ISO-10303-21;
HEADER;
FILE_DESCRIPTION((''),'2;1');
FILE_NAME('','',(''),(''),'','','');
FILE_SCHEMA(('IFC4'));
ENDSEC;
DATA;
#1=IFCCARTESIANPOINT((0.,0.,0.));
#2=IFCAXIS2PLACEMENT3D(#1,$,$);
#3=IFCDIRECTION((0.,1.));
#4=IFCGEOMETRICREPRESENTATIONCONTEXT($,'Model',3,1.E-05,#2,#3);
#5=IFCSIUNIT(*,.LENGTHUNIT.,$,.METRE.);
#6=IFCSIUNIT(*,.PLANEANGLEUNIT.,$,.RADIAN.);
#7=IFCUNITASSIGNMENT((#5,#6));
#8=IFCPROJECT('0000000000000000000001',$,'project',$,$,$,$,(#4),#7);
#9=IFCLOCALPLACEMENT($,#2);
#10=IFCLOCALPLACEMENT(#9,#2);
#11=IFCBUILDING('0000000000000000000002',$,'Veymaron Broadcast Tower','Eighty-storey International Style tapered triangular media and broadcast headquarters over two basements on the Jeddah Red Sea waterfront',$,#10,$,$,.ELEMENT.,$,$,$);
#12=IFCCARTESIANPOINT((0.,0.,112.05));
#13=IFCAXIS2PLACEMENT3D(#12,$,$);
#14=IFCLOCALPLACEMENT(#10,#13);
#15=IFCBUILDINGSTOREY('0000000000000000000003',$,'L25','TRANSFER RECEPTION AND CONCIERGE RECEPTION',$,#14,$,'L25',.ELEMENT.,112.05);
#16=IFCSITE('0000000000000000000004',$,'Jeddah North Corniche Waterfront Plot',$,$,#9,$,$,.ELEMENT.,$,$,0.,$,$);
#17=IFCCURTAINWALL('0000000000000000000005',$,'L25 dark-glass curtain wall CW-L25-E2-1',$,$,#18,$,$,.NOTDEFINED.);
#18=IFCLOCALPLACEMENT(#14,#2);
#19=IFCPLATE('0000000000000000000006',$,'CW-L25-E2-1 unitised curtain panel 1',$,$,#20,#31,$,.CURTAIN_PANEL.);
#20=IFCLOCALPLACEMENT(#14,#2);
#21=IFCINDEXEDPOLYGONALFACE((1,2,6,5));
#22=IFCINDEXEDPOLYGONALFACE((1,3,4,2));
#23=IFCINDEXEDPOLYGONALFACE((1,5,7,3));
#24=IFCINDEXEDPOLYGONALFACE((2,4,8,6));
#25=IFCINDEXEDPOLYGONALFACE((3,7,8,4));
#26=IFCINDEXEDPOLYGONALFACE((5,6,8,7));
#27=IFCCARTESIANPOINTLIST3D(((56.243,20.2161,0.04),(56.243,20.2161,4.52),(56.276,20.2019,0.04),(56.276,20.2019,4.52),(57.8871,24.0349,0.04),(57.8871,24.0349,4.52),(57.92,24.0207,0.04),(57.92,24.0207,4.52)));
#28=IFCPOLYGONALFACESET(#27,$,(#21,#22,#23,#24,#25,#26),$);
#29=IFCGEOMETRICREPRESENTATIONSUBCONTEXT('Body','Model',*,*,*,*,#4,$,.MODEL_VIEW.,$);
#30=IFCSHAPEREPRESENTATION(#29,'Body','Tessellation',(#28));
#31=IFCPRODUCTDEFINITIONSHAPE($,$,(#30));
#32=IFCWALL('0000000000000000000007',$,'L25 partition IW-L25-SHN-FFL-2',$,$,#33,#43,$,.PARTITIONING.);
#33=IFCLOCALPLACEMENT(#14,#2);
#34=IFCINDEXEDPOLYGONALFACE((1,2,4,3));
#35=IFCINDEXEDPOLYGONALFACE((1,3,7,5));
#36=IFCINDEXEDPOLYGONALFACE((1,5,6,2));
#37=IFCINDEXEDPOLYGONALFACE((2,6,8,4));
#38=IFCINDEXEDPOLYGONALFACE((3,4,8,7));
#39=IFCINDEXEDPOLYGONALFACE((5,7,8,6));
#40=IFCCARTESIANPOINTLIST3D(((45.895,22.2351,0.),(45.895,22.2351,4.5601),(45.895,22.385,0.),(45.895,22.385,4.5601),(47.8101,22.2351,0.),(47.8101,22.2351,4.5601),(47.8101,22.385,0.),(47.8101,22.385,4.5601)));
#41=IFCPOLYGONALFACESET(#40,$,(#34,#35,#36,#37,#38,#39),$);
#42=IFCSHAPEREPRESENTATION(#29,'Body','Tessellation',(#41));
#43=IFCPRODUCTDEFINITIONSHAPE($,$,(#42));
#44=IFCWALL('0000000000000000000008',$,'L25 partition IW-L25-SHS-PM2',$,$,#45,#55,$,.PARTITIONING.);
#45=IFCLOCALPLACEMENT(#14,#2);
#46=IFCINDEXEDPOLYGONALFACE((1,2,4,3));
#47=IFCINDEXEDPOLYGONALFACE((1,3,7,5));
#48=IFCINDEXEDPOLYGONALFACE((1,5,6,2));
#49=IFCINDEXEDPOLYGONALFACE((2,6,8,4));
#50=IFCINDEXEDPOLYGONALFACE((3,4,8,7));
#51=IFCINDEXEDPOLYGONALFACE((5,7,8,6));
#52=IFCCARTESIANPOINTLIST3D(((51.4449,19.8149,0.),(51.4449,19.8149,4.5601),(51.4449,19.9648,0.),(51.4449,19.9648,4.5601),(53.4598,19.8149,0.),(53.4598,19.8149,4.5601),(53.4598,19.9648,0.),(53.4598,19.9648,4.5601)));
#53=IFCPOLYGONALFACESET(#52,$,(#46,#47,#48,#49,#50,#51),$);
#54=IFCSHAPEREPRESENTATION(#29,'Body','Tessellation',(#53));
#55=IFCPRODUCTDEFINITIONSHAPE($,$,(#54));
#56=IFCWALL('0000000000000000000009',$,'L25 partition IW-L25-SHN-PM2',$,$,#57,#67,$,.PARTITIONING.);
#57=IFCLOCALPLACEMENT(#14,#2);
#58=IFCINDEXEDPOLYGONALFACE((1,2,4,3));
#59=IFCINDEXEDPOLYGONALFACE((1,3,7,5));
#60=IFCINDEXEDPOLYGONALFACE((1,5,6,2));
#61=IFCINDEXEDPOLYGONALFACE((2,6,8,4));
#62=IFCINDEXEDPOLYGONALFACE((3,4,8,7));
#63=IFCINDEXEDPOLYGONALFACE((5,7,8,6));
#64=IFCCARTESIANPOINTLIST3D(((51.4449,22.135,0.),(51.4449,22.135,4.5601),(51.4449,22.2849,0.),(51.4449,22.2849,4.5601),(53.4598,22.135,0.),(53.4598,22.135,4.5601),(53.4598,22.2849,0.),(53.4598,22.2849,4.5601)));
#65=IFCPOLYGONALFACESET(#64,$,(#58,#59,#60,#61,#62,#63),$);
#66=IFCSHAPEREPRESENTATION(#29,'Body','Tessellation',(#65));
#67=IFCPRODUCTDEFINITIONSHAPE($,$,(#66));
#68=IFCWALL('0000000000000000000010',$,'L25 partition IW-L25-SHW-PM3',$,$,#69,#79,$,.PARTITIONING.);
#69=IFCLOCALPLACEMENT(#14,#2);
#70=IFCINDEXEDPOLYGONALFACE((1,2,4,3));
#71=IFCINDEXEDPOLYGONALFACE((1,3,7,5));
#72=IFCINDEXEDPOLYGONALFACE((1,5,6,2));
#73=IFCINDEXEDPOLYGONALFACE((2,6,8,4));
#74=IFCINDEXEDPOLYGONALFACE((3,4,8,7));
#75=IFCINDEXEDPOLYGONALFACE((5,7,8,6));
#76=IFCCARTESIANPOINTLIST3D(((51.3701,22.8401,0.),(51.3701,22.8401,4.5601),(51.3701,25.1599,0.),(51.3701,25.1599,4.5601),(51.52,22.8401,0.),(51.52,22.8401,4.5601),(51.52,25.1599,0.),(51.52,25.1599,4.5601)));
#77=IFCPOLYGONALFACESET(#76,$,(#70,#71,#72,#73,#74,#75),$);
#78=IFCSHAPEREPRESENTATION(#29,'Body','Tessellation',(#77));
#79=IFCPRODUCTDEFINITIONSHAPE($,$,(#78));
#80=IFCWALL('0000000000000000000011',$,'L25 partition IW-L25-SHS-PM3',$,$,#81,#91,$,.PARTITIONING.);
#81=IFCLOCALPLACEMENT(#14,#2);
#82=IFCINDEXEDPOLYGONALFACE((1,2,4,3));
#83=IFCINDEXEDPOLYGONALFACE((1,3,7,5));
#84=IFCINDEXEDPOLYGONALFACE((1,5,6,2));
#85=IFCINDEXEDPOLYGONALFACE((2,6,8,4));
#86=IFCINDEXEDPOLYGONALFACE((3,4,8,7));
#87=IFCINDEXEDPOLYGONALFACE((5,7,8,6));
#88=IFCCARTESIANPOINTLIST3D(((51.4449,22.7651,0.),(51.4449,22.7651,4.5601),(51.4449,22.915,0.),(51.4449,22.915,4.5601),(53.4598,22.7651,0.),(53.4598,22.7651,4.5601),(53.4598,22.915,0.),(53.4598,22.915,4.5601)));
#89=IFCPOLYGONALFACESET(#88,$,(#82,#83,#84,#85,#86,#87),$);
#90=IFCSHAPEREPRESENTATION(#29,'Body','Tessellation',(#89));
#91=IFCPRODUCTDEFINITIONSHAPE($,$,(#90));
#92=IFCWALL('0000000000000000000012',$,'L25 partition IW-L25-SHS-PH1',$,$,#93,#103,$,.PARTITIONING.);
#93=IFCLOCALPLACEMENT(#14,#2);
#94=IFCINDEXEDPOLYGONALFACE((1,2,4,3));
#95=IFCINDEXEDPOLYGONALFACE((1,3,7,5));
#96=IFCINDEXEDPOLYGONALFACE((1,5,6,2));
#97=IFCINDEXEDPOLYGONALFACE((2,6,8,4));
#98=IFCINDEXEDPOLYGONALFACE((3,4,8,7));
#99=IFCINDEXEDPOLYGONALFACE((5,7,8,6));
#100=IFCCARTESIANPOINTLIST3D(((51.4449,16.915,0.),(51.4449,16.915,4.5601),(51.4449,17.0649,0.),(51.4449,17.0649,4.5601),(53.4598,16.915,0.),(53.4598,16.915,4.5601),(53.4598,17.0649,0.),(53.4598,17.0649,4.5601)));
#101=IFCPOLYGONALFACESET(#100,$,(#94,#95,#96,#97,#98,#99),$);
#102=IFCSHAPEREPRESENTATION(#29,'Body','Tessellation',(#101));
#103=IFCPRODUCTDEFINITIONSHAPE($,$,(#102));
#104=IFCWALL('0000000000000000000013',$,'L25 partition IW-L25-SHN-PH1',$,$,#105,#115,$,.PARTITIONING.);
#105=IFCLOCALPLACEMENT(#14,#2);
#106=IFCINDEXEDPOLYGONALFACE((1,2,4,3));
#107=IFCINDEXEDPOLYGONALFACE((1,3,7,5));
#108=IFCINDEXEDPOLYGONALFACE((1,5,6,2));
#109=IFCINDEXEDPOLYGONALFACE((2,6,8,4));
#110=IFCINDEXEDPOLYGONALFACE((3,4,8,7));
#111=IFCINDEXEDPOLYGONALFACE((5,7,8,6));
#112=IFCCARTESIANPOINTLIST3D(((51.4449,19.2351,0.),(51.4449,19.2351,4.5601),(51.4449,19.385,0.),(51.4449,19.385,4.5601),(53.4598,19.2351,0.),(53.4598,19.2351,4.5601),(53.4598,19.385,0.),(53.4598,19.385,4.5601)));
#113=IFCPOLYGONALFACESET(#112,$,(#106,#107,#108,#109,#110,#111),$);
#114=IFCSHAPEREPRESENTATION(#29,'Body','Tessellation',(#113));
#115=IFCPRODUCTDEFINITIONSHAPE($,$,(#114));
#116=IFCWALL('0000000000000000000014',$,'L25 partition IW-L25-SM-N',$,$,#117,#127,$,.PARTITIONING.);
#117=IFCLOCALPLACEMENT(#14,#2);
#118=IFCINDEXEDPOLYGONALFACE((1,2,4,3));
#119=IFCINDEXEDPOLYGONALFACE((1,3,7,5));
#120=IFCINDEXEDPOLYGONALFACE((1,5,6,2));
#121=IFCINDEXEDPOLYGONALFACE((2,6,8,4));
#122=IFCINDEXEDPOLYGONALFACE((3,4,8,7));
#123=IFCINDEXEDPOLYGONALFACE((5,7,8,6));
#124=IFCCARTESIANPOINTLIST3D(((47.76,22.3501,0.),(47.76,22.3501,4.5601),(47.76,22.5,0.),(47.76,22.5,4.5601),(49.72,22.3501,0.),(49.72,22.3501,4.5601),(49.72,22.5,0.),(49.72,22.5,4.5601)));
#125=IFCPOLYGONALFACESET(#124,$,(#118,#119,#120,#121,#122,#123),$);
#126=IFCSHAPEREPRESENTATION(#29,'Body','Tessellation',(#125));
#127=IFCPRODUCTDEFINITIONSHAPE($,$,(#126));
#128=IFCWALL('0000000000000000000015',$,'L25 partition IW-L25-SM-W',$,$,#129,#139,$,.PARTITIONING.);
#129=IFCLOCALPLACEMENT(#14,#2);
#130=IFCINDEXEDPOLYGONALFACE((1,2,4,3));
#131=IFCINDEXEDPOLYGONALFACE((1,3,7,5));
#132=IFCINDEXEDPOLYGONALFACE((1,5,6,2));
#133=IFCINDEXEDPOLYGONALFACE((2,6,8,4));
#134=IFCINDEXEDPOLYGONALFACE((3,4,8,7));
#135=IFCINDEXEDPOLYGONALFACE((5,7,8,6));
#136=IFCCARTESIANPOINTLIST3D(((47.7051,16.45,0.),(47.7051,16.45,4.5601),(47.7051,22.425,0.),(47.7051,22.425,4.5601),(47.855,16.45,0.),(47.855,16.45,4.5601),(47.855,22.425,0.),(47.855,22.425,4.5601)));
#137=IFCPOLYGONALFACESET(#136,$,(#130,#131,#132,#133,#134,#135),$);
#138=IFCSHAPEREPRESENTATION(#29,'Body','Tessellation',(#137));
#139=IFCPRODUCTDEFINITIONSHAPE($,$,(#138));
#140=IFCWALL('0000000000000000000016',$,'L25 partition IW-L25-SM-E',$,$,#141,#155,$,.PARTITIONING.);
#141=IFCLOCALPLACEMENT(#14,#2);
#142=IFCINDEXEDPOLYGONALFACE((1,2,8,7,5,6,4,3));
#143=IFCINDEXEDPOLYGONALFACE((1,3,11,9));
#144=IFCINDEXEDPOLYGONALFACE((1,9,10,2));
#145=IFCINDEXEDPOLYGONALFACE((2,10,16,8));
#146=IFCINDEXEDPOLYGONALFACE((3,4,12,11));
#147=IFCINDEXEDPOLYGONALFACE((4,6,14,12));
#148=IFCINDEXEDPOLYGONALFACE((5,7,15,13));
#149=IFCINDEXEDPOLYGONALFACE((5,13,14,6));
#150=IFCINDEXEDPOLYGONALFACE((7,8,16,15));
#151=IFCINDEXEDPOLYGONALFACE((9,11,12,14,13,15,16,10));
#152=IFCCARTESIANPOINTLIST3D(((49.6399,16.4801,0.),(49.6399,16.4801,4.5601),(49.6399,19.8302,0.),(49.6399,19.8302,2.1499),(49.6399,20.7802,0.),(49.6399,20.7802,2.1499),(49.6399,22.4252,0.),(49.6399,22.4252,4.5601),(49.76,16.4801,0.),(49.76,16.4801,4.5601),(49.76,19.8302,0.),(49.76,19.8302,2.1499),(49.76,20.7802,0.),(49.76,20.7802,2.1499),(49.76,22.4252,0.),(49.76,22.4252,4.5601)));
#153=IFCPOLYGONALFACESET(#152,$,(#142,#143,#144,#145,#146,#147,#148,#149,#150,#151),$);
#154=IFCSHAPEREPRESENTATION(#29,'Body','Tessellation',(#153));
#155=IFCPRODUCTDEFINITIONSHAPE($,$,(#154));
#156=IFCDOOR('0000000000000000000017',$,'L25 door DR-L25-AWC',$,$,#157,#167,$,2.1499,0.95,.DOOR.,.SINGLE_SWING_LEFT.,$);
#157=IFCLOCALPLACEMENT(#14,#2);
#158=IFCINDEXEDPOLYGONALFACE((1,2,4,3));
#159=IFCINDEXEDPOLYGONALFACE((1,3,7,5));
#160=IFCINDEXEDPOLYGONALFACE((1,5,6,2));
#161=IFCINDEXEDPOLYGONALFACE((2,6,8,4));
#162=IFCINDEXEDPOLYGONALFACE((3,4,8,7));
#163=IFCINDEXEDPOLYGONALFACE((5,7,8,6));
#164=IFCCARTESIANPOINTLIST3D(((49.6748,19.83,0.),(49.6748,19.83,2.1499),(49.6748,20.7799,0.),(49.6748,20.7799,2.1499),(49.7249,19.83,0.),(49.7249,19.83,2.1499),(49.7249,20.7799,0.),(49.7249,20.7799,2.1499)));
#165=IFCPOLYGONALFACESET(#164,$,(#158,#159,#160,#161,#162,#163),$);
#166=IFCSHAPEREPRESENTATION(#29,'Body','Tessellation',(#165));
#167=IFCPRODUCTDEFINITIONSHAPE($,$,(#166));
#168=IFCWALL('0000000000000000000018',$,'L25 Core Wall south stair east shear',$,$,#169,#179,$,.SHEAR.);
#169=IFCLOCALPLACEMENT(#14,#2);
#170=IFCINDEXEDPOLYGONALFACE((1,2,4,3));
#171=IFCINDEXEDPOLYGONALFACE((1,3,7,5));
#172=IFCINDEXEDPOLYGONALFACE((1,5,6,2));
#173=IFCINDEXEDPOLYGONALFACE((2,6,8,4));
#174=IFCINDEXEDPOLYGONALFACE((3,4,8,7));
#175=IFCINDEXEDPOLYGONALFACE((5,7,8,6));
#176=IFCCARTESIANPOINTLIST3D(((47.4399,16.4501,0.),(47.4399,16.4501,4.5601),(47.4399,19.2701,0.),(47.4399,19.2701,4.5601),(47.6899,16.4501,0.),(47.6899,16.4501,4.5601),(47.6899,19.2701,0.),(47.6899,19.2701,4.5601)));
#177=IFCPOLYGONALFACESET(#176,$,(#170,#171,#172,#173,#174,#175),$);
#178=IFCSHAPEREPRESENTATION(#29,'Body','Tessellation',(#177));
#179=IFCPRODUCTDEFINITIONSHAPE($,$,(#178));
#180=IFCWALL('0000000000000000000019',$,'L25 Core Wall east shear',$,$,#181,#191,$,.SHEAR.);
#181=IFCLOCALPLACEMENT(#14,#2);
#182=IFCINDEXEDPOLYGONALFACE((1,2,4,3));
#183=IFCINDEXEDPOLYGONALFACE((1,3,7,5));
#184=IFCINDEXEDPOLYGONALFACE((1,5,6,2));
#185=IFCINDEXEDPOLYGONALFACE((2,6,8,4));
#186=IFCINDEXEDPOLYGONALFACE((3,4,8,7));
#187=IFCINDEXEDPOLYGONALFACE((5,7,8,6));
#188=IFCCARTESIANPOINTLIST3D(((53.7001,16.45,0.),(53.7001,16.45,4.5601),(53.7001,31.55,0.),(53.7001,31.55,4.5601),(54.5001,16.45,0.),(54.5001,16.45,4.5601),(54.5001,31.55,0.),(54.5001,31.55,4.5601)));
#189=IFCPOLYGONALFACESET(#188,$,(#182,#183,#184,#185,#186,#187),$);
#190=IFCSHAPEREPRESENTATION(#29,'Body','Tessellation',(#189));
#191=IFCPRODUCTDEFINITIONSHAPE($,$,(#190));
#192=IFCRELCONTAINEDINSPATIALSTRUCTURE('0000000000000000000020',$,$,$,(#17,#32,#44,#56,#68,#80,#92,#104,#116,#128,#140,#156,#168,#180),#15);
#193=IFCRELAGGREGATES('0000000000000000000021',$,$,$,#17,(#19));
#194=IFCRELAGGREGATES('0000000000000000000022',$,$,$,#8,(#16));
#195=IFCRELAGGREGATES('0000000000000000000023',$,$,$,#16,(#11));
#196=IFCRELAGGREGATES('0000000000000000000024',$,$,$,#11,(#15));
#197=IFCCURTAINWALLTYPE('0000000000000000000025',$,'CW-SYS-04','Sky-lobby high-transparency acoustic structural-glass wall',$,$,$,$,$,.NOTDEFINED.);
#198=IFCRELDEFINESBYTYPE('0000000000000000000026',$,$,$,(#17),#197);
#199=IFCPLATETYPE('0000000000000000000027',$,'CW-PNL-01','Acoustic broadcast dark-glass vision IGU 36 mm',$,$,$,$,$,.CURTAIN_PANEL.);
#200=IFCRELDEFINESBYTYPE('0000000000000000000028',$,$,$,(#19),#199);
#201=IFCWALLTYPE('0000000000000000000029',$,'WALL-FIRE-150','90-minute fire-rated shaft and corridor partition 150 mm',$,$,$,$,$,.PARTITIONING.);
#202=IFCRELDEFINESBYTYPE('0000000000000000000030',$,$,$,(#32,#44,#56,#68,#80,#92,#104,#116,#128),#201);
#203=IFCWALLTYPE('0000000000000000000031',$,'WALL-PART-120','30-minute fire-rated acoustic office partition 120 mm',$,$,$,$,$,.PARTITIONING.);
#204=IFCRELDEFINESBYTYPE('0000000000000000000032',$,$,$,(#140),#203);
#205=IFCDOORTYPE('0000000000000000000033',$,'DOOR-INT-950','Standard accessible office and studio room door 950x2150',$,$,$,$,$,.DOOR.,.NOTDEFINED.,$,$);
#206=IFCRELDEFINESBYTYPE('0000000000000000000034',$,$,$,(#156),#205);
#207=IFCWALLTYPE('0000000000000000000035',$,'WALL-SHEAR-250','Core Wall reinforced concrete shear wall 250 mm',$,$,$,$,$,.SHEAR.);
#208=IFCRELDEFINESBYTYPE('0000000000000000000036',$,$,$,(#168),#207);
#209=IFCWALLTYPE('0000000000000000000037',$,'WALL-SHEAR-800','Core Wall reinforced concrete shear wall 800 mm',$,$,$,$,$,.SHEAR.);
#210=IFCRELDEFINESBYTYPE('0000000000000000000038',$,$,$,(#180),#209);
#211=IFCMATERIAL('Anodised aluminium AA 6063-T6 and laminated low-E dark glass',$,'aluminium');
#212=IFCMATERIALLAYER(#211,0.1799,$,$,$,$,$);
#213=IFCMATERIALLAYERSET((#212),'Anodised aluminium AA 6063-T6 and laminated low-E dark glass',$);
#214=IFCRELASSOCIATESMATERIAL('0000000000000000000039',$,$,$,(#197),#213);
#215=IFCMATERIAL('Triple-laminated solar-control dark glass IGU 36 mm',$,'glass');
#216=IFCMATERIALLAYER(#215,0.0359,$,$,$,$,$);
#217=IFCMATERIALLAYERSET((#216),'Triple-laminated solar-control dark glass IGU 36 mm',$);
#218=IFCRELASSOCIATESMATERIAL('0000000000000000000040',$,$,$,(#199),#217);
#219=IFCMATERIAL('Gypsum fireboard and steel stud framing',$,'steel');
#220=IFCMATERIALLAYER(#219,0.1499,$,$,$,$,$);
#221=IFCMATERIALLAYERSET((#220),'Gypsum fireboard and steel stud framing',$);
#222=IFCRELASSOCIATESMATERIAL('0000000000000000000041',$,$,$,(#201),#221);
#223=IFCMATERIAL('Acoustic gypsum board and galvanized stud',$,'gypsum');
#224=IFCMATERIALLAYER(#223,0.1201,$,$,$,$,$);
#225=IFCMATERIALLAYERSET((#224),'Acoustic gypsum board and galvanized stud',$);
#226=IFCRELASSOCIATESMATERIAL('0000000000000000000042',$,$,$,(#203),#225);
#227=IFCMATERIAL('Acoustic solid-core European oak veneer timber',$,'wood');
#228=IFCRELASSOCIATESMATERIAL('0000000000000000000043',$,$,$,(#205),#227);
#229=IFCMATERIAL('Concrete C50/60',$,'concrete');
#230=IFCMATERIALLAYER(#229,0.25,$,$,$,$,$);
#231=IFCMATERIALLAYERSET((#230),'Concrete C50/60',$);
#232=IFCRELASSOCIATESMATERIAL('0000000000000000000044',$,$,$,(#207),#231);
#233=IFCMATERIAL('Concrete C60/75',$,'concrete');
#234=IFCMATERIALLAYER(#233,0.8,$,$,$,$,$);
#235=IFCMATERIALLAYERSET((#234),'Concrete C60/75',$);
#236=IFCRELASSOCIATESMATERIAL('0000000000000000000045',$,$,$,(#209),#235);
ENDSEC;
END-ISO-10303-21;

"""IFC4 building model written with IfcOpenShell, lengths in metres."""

from ifc_helpers import new_model, si_unit, direction, frame, frame_2d, origin, origin_2d, place, context, subcontext, project, spatial, rectangle, extrude, material, layer, layer_set, type_object, element, fill, aggregate, save


model = new_model("IFC4")

# Units and contexts
model_context = context("Model", 3, precision=1e-05, world=origin(), true_north=direction((0.0, 1.0)))
body_context = subcontext(model_context, "Body", "Model", "MODEL_VIEW")
ifc_project = project(units=[si_unit("LENGTHUNIT", "METRE"), si_unit("PLANEANGLEUNIT", "RADIAN")], contexts=[model_context])

# Site, building, storey
site_placement = place(None, origin())
site = spatial("IfcSite", under=ifc_project, at=site_placement, Name="Jeddah North Corniche Waterfront Plot", CompositionType="ELEMENT", RefElevation=0.0)
building_placement = place(site_placement, origin())
building = spatial("IfcBuilding", under=site, at=building_placement, Name="Veymaron Broadcast Tower", Description="Eighty-storey International Style tapered triangular media and broadcast headquarters over two basements on the Jeddah Red Sea waterfront", CompositionType="ELEMENT")
storey_placement = place(building_placement, frame((0.0, 0.0, 112.05)))
storey = spatial("IfcBuildingStorey", under=building, at=storey_placement, Name="L25", Description="TRANSFER RECEPTION AND CONCIERGE RECEPTION", LongName="L25", CompositionType="ELEMENT", Elevation=112.05)

# Curtain wall
ifc_material_1 = material(Name="Anodised aluminium AA 6063-T6 and laminated low-E dark glass", Category="aluminium")
ifc_layer_1 = layer(ifc_material_1, 0.1799)
ifc_layer_set_1 = layer_set([ifc_layer_1], Name="Anodised aluminium AA 6063-T6 and laminated low-E dark glass")
curtain_wall_type = type_object("IfcCurtainWallType", Name="CW-SYS-04", Description="Sky-lobby high-transparency acoustic structural-glass wall", PredefinedType="NOTDEFINED", material=ifc_layer_set_1)
curtain_wall_1_placement = place(storey_placement, origin())
curtain_wall_1 = element("IfcCurtainWall", 1, at=curtain_wall_1_placement, inside=storey, type_object=curtain_wall_type, Name="L25 dark-glass curtain wall CW-L25-E2-1", PredefinedType="NOTDEFINED")

# Plate
ifc_material_2 = material(Name="Triple-laminated solar-control dark glass IGU 36 mm", Category="glass")
ifc_layer_2 = layer(ifc_material_2, 0.0359)
ifc_layer_set_2 = layer_set([ifc_layer_2], Name="Triple-laminated solar-control dark glass IGU 36 mm")
plate_type = type_object("IfcPlateType", Name="CW-PNL-01", Description="Acoustic broadcast dark-glass vision IGU 36 mm", PredefinedType="CURTAIN_PANEL", material=ifc_layer_set_2)
plate_1_placement = place(storey_placement, frame((57.0815, 22.1184, 0.04), z_axis=(0.0, 0.0, 1.0), x_axis=(0.395417, 0.918502, 0.0)))
plate_1 = element("IfcPlate", 2, at=plate_1_placement, type_object=plate_type, Name="CW-L25-E2-1 unitised curtain panel 1", PredefinedType="CURTAIN_PANEL", context=body_context, shape_type="SweptSolid", body=[
    extrude(rectangle(XDim=4.1577, YDim=0.0359, at=origin_2d()), origin(), (0.0, 0.0, 1.0), 4.48),
])
aggregate(curtain_wall_1, [plate_1])

# Wall
ifc_material_3 = material(Name="Gypsum fireboard and steel stud framing", Category="steel")
ifc_layer_3 = layer(ifc_material_3, 0.1499)
ifc_layer_set_3 = layer_set([ifc_layer_3], Name="Gypsum fireboard and steel stud framing")
wall_type_1 = type_object("IfcWallType", Name="WALL-FIRE-150", Description="90-minute fire-rated shaft and corridor partition 150 mm", PredefinedType="PARTITIONING", material=ifc_layer_set_3)
wall_1_placement = place(storey_placement, frame((45.895, 22.3101, 0.0), z_axis=(0.0, 0.0, 1.0), x_axis=(1.0, 0.0, 0.0)))
element("IfcWall", 3, at=wall_1_placement, inside=storey, type_object=wall_type_1, Name="L25 partition IW-L25-SHN-FFL-2", PredefinedType="PARTITIONING", context=body_context, shape_type="SweptSolid", body=[
    extrude(rectangle(XDim=1.915, YDim=0.1499, at=frame_2d((0.9575, 0.0))), origin(), (0.0, 0.0, 1.0), 4.5601),
])

# Walls
for number, where, z_axis, x_axis, name in (
    (4, (51.4451, 19.8899, 0.0), (0.0, 0.0, 1.0), (1.0, 0.0, 0.0), "L25 partition IW-L25-SHS-PM2"),
    (5, (51.4451, 22.21, 0.0), (0.0, 0.0, 1.0), (1.0, 0.0, 0.0), "L25 partition IW-L25-SHN-PM2"),
):
    element("IfcWall", number, at=place(storey_placement, frame(where, z_axis=z_axis, x_axis=x_axis)), inside=storey, type_object=wall_type_1, Name=name, PredefinedType="PARTITIONING", context=body_context, shape_type="SweptSolid", body=[
        extrude(rectangle(XDim=2.0149, YDim=0.1499, at=frame_2d((1.0073, 0.0))), origin(), (0.0, 0.0, 1.0), 4.5601),
    ])
wall_2_placement = place(storey_placement, frame((51.4451, 22.8401, 0.0), z_axis=(0.0, 0.0, 1.0), x_axis=(0.0, 1.0, 0.0)))
element("IfcWall", 6, at=wall_2_placement, inside=storey, type_object=wall_type_1, Name="L25 partition IW-L25-SHW-PM3", PredefinedType="PARTITIONING", context=body_context, shape_type="SweptSolid", body=[
    extrude(rectangle(XDim=2.3198, YDim=0.1499, at=frame_2d((1.1599, 0.0))), origin(), (0.0, 0.0, 1.0), 4.5601),
])
wall_3_placement = place(storey_placement, frame((51.4451, 22.8401, 0.0), z_axis=(0.0, 0.0, 1.0), x_axis=(1.0, 0.0, 0.0)))
element("IfcWall", 7, at=wall_3_placement, inside=storey, type_object=wall_type_1, Name="L25 partition IW-L25-SHS-PM3", PredefinedType="PARTITIONING", context=body_context, shape_type="SweptSolid", body=[
    extrude(rectangle(XDim=2.0149, YDim=0.1499, at=frame_2d((1.0073, 0.0))), origin(), (0.0, 0.0, 1.0), 4.5601),
])

# Walls
for number, where, z_axis, x_axis, name in (
    (8, (51.4451, 16.99, 0.0), (0.0, 0.0, 1.0), (1.0, 0.0, 0.0), "L25 partition IW-L25-SHS-PH1"),
    (9, (51.4451, 19.3101, 0.0), (0.0, 0.0, 1.0), (1.0, 0.0, 0.0), "L25 partition IW-L25-SHN-PH1"),
):
    element("IfcWall", number, at=place(storey_placement, frame(where, z_axis=z_axis, x_axis=x_axis)), inside=storey, type_object=wall_type_1, Name=name, PredefinedType="PARTITIONING", context=body_context, shape_type="SweptSolid", body=[
        extrude(rectangle(XDim=2.0149, YDim=0.1499, at=frame_2d((1.0073, 0.0))), origin(), (0.0, 0.0, 1.0), 4.5601),
    ])

# Walls
wall_4_placement = place(storey_placement, frame((47.76, 22.425, 0.0), z_axis=(0.0, 0.0, 1.0), x_axis=(1.0, 0.0, 0.0)))
element("IfcWall", 10, at=wall_4_placement, inside=storey, type_object=wall_type_1, Name="L25 partition IW-L25-SM-N", PredefinedType="PARTITIONING", context=body_context, shape_type="SweptSolid", body=[
    extrude(rectangle(XDim=1.96, YDim=0.1499, at=frame_2d((0.98, 0.0))), origin(), (0.0, 0.0, 1.0), 4.5601),
])
wall_5_placement = place(storey_placement, frame((47.78, 16.45, 0.0), z_axis=(0.0, 0.0, 1.0), x_axis=(0.0, 1.0, 0.0)))
element("IfcWall", 11, at=wall_5_placement, inside=storey, type_object=wall_type_1, Name="L25 partition IW-L25-SM-W", PredefinedType="PARTITIONING", context=body_context, shape_type="SweptSolid", body=[
    extrude(rectangle(XDim=5.9751, YDim=0.1499, at=frame_2d((2.9875, 0.0))), origin(), (0.0, 0.0, 1.0), 4.5601),
])

# Wall, opening, door
ifc_material_4 = material(Name="Acoustic gypsum board and galvanized stud", Category="gypsum")
ifc_layer_4 = layer(ifc_material_4, 0.1201)
ifc_layer_set_4 = layer_set([ifc_layer_4], Name="Acoustic gypsum board and galvanized stud")
wall_type_2 = type_object("IfcWallType", Name="WALL-PART-120", Description="30-minute fire-rated acoustic office partition 120 mm", PredefinedType="PARTITIONING", material=ifc_layer_set_4)
wall_6_placement = place(storey_placement, frame((49.7, 16.48, 0.0), z_axis=(0.0, 0.0, 1.0), x_axis=(0.0, 1.0, 0.0)))
wall_6 = element("IfcWall", 12, at=wall_6_placement, inside=storey, type_object=wall_type_2, Name="L25 partition IW-L25-SM-E", PredefinedType="PARTITIONING", context=body_context, shape_type="SweptSolid", body=[
    extrude(rectangle(XDim=5.9451, YDim=0.1201, at=frame_2d((2.9727, 0.0))), origin(), (0.0, 0.0, 1.0), 4.5601),
])
opening_1_placement = place(wall_6_placement, frame((3.3501, 0.0, 0.0)))
opening_1 = element("IfcOpeningElement", 13, at=opening_1_placement, cuts=wall_6, PredefinedType="OPENING", context=body_context, shape_type="SweptSolid", body=[
    extrude(rectangle(XDim=0.95, YDim=2.1499, at=frame_2d((0.4751, 1.075))), frame((0.0, 0.0701, 0.0), z_axis=(0.0, -1.0, 0.0), x_axis=(1.0, 0.0, 0.0)), (0.0, 0.0, 1.0), 0.1401),
])
ifc_material_5 = material(Name="Acoustic solid-core European oak veneer timber", Category="wood")
door_type_1 = type_object("IfcDoorType", Name="DOOR-INT-950", Description="Standard accessible office and studio room door 950x2150", OperationType="NOTDEFINED", PredefinedType="DOOR", material=ifc_material_5)
door_1_placement = place(opening_1_placement, frame((0.95, 0.0, 0.0), z_axis=(0.0, 0.0, 1.0), x_axis=(-1.0, 0.0, 0.0)))
door_1 = element("IfcDoor", 14, at=door_1_placement, inside=storey, type_object=door_type_1, Name="L25 door DR-L25-AWC", OperationType="SINGLE_SWING_LEFT", OverallHeight=2.1499, OverallWidth=0.95, PredefinedType="DOOR", context=body_context, shape_type="SweptSolid", body=[
    extrude(rectangle(XDim=0.95, YDim=2.1499, at=frame_2d((0.4751, 1.075))), frame((0.0, 0.0249, 0.0), z_axis=(0.0, -1.0, 0.0), x_axis=(1.0, 0.0, 0.0)), (0.0, 0.0, 1.0), 0.05),
])
fill(opening_1, door_1)

# Walls
ifc_material_6 = material(Name="Concrete C50/60", Category="concrete")
ifc_layer_5 = layer(ifc_material_6, 0.25)
ifc_layer_set_5 = layer_set([ifc_layer_5], Name="Concrete C50/60")
wall_type_3 = type_object("IfcWallType", Name="WALL-SHEAR-250", Description="Core Wall reinforced concrete shear wall 250 mm", PredefinedType="SHEAR", material=ifc_layer_set_5)
wall_7_placement = place(storey_placement, frame((47.5649, 16.45, 0.0), z_axis=(0.0, 0.0, 1.0), x_axis=(0.0, 1.0, 0.0)))
element("IfcWall", 15, at=wall_7_placement, inside=storey, type_object=wall_type_3, Name="L25 Core Wall south stair east shear", PredefinedType="SHEAR", context=body_context, shape_type="SweptSolid", body=[
    extrude(rectangle(XDim=2.8201, YDim=0.25, at=frame_2d((1.4102, 0.0))), origin(), (0.0, 0.0, 1.0), 4.5601),
])
ifc_material_7 = material(Name="Concrete C60/75", Category="concrete")
ifc_layer_6 = layer(ifc_material_7, 0.8)
ifc_layer_set_6 = layer_set([ifc_layer_6], Name="Concrete C60/75")
wall_type_4 = type_object("IfcWallType", Name="WALL-SHEAR-800", Description="Core Wall reinforced concrete shear wall 800 mm", PredefinedType="SHEAR", material=ifc_layer_set_6)
wall_8_placement = place(storey_placement, frame((54.1001, 16.45, 0.0), z_axis=(0.0, 0.0, 1.0), x_axis=(0.0, 1.0, 0.0)))
element("IfcWall", 16, at=wall_8_placement, inside=storey, type_object=wall_type_4, Name="L25 Core Wall east shear", PredefinedType="SHEAR", context=body_context, shape_type="SweptSolid", body=[
    extrude(rectangle(XDim=15.1001, YDim=0.8, at=frame_2d((7.55, 0.0))), origin(), (0.0, 0.0, 1.0), 4.5601),
])

save(model, "model.ifc")
